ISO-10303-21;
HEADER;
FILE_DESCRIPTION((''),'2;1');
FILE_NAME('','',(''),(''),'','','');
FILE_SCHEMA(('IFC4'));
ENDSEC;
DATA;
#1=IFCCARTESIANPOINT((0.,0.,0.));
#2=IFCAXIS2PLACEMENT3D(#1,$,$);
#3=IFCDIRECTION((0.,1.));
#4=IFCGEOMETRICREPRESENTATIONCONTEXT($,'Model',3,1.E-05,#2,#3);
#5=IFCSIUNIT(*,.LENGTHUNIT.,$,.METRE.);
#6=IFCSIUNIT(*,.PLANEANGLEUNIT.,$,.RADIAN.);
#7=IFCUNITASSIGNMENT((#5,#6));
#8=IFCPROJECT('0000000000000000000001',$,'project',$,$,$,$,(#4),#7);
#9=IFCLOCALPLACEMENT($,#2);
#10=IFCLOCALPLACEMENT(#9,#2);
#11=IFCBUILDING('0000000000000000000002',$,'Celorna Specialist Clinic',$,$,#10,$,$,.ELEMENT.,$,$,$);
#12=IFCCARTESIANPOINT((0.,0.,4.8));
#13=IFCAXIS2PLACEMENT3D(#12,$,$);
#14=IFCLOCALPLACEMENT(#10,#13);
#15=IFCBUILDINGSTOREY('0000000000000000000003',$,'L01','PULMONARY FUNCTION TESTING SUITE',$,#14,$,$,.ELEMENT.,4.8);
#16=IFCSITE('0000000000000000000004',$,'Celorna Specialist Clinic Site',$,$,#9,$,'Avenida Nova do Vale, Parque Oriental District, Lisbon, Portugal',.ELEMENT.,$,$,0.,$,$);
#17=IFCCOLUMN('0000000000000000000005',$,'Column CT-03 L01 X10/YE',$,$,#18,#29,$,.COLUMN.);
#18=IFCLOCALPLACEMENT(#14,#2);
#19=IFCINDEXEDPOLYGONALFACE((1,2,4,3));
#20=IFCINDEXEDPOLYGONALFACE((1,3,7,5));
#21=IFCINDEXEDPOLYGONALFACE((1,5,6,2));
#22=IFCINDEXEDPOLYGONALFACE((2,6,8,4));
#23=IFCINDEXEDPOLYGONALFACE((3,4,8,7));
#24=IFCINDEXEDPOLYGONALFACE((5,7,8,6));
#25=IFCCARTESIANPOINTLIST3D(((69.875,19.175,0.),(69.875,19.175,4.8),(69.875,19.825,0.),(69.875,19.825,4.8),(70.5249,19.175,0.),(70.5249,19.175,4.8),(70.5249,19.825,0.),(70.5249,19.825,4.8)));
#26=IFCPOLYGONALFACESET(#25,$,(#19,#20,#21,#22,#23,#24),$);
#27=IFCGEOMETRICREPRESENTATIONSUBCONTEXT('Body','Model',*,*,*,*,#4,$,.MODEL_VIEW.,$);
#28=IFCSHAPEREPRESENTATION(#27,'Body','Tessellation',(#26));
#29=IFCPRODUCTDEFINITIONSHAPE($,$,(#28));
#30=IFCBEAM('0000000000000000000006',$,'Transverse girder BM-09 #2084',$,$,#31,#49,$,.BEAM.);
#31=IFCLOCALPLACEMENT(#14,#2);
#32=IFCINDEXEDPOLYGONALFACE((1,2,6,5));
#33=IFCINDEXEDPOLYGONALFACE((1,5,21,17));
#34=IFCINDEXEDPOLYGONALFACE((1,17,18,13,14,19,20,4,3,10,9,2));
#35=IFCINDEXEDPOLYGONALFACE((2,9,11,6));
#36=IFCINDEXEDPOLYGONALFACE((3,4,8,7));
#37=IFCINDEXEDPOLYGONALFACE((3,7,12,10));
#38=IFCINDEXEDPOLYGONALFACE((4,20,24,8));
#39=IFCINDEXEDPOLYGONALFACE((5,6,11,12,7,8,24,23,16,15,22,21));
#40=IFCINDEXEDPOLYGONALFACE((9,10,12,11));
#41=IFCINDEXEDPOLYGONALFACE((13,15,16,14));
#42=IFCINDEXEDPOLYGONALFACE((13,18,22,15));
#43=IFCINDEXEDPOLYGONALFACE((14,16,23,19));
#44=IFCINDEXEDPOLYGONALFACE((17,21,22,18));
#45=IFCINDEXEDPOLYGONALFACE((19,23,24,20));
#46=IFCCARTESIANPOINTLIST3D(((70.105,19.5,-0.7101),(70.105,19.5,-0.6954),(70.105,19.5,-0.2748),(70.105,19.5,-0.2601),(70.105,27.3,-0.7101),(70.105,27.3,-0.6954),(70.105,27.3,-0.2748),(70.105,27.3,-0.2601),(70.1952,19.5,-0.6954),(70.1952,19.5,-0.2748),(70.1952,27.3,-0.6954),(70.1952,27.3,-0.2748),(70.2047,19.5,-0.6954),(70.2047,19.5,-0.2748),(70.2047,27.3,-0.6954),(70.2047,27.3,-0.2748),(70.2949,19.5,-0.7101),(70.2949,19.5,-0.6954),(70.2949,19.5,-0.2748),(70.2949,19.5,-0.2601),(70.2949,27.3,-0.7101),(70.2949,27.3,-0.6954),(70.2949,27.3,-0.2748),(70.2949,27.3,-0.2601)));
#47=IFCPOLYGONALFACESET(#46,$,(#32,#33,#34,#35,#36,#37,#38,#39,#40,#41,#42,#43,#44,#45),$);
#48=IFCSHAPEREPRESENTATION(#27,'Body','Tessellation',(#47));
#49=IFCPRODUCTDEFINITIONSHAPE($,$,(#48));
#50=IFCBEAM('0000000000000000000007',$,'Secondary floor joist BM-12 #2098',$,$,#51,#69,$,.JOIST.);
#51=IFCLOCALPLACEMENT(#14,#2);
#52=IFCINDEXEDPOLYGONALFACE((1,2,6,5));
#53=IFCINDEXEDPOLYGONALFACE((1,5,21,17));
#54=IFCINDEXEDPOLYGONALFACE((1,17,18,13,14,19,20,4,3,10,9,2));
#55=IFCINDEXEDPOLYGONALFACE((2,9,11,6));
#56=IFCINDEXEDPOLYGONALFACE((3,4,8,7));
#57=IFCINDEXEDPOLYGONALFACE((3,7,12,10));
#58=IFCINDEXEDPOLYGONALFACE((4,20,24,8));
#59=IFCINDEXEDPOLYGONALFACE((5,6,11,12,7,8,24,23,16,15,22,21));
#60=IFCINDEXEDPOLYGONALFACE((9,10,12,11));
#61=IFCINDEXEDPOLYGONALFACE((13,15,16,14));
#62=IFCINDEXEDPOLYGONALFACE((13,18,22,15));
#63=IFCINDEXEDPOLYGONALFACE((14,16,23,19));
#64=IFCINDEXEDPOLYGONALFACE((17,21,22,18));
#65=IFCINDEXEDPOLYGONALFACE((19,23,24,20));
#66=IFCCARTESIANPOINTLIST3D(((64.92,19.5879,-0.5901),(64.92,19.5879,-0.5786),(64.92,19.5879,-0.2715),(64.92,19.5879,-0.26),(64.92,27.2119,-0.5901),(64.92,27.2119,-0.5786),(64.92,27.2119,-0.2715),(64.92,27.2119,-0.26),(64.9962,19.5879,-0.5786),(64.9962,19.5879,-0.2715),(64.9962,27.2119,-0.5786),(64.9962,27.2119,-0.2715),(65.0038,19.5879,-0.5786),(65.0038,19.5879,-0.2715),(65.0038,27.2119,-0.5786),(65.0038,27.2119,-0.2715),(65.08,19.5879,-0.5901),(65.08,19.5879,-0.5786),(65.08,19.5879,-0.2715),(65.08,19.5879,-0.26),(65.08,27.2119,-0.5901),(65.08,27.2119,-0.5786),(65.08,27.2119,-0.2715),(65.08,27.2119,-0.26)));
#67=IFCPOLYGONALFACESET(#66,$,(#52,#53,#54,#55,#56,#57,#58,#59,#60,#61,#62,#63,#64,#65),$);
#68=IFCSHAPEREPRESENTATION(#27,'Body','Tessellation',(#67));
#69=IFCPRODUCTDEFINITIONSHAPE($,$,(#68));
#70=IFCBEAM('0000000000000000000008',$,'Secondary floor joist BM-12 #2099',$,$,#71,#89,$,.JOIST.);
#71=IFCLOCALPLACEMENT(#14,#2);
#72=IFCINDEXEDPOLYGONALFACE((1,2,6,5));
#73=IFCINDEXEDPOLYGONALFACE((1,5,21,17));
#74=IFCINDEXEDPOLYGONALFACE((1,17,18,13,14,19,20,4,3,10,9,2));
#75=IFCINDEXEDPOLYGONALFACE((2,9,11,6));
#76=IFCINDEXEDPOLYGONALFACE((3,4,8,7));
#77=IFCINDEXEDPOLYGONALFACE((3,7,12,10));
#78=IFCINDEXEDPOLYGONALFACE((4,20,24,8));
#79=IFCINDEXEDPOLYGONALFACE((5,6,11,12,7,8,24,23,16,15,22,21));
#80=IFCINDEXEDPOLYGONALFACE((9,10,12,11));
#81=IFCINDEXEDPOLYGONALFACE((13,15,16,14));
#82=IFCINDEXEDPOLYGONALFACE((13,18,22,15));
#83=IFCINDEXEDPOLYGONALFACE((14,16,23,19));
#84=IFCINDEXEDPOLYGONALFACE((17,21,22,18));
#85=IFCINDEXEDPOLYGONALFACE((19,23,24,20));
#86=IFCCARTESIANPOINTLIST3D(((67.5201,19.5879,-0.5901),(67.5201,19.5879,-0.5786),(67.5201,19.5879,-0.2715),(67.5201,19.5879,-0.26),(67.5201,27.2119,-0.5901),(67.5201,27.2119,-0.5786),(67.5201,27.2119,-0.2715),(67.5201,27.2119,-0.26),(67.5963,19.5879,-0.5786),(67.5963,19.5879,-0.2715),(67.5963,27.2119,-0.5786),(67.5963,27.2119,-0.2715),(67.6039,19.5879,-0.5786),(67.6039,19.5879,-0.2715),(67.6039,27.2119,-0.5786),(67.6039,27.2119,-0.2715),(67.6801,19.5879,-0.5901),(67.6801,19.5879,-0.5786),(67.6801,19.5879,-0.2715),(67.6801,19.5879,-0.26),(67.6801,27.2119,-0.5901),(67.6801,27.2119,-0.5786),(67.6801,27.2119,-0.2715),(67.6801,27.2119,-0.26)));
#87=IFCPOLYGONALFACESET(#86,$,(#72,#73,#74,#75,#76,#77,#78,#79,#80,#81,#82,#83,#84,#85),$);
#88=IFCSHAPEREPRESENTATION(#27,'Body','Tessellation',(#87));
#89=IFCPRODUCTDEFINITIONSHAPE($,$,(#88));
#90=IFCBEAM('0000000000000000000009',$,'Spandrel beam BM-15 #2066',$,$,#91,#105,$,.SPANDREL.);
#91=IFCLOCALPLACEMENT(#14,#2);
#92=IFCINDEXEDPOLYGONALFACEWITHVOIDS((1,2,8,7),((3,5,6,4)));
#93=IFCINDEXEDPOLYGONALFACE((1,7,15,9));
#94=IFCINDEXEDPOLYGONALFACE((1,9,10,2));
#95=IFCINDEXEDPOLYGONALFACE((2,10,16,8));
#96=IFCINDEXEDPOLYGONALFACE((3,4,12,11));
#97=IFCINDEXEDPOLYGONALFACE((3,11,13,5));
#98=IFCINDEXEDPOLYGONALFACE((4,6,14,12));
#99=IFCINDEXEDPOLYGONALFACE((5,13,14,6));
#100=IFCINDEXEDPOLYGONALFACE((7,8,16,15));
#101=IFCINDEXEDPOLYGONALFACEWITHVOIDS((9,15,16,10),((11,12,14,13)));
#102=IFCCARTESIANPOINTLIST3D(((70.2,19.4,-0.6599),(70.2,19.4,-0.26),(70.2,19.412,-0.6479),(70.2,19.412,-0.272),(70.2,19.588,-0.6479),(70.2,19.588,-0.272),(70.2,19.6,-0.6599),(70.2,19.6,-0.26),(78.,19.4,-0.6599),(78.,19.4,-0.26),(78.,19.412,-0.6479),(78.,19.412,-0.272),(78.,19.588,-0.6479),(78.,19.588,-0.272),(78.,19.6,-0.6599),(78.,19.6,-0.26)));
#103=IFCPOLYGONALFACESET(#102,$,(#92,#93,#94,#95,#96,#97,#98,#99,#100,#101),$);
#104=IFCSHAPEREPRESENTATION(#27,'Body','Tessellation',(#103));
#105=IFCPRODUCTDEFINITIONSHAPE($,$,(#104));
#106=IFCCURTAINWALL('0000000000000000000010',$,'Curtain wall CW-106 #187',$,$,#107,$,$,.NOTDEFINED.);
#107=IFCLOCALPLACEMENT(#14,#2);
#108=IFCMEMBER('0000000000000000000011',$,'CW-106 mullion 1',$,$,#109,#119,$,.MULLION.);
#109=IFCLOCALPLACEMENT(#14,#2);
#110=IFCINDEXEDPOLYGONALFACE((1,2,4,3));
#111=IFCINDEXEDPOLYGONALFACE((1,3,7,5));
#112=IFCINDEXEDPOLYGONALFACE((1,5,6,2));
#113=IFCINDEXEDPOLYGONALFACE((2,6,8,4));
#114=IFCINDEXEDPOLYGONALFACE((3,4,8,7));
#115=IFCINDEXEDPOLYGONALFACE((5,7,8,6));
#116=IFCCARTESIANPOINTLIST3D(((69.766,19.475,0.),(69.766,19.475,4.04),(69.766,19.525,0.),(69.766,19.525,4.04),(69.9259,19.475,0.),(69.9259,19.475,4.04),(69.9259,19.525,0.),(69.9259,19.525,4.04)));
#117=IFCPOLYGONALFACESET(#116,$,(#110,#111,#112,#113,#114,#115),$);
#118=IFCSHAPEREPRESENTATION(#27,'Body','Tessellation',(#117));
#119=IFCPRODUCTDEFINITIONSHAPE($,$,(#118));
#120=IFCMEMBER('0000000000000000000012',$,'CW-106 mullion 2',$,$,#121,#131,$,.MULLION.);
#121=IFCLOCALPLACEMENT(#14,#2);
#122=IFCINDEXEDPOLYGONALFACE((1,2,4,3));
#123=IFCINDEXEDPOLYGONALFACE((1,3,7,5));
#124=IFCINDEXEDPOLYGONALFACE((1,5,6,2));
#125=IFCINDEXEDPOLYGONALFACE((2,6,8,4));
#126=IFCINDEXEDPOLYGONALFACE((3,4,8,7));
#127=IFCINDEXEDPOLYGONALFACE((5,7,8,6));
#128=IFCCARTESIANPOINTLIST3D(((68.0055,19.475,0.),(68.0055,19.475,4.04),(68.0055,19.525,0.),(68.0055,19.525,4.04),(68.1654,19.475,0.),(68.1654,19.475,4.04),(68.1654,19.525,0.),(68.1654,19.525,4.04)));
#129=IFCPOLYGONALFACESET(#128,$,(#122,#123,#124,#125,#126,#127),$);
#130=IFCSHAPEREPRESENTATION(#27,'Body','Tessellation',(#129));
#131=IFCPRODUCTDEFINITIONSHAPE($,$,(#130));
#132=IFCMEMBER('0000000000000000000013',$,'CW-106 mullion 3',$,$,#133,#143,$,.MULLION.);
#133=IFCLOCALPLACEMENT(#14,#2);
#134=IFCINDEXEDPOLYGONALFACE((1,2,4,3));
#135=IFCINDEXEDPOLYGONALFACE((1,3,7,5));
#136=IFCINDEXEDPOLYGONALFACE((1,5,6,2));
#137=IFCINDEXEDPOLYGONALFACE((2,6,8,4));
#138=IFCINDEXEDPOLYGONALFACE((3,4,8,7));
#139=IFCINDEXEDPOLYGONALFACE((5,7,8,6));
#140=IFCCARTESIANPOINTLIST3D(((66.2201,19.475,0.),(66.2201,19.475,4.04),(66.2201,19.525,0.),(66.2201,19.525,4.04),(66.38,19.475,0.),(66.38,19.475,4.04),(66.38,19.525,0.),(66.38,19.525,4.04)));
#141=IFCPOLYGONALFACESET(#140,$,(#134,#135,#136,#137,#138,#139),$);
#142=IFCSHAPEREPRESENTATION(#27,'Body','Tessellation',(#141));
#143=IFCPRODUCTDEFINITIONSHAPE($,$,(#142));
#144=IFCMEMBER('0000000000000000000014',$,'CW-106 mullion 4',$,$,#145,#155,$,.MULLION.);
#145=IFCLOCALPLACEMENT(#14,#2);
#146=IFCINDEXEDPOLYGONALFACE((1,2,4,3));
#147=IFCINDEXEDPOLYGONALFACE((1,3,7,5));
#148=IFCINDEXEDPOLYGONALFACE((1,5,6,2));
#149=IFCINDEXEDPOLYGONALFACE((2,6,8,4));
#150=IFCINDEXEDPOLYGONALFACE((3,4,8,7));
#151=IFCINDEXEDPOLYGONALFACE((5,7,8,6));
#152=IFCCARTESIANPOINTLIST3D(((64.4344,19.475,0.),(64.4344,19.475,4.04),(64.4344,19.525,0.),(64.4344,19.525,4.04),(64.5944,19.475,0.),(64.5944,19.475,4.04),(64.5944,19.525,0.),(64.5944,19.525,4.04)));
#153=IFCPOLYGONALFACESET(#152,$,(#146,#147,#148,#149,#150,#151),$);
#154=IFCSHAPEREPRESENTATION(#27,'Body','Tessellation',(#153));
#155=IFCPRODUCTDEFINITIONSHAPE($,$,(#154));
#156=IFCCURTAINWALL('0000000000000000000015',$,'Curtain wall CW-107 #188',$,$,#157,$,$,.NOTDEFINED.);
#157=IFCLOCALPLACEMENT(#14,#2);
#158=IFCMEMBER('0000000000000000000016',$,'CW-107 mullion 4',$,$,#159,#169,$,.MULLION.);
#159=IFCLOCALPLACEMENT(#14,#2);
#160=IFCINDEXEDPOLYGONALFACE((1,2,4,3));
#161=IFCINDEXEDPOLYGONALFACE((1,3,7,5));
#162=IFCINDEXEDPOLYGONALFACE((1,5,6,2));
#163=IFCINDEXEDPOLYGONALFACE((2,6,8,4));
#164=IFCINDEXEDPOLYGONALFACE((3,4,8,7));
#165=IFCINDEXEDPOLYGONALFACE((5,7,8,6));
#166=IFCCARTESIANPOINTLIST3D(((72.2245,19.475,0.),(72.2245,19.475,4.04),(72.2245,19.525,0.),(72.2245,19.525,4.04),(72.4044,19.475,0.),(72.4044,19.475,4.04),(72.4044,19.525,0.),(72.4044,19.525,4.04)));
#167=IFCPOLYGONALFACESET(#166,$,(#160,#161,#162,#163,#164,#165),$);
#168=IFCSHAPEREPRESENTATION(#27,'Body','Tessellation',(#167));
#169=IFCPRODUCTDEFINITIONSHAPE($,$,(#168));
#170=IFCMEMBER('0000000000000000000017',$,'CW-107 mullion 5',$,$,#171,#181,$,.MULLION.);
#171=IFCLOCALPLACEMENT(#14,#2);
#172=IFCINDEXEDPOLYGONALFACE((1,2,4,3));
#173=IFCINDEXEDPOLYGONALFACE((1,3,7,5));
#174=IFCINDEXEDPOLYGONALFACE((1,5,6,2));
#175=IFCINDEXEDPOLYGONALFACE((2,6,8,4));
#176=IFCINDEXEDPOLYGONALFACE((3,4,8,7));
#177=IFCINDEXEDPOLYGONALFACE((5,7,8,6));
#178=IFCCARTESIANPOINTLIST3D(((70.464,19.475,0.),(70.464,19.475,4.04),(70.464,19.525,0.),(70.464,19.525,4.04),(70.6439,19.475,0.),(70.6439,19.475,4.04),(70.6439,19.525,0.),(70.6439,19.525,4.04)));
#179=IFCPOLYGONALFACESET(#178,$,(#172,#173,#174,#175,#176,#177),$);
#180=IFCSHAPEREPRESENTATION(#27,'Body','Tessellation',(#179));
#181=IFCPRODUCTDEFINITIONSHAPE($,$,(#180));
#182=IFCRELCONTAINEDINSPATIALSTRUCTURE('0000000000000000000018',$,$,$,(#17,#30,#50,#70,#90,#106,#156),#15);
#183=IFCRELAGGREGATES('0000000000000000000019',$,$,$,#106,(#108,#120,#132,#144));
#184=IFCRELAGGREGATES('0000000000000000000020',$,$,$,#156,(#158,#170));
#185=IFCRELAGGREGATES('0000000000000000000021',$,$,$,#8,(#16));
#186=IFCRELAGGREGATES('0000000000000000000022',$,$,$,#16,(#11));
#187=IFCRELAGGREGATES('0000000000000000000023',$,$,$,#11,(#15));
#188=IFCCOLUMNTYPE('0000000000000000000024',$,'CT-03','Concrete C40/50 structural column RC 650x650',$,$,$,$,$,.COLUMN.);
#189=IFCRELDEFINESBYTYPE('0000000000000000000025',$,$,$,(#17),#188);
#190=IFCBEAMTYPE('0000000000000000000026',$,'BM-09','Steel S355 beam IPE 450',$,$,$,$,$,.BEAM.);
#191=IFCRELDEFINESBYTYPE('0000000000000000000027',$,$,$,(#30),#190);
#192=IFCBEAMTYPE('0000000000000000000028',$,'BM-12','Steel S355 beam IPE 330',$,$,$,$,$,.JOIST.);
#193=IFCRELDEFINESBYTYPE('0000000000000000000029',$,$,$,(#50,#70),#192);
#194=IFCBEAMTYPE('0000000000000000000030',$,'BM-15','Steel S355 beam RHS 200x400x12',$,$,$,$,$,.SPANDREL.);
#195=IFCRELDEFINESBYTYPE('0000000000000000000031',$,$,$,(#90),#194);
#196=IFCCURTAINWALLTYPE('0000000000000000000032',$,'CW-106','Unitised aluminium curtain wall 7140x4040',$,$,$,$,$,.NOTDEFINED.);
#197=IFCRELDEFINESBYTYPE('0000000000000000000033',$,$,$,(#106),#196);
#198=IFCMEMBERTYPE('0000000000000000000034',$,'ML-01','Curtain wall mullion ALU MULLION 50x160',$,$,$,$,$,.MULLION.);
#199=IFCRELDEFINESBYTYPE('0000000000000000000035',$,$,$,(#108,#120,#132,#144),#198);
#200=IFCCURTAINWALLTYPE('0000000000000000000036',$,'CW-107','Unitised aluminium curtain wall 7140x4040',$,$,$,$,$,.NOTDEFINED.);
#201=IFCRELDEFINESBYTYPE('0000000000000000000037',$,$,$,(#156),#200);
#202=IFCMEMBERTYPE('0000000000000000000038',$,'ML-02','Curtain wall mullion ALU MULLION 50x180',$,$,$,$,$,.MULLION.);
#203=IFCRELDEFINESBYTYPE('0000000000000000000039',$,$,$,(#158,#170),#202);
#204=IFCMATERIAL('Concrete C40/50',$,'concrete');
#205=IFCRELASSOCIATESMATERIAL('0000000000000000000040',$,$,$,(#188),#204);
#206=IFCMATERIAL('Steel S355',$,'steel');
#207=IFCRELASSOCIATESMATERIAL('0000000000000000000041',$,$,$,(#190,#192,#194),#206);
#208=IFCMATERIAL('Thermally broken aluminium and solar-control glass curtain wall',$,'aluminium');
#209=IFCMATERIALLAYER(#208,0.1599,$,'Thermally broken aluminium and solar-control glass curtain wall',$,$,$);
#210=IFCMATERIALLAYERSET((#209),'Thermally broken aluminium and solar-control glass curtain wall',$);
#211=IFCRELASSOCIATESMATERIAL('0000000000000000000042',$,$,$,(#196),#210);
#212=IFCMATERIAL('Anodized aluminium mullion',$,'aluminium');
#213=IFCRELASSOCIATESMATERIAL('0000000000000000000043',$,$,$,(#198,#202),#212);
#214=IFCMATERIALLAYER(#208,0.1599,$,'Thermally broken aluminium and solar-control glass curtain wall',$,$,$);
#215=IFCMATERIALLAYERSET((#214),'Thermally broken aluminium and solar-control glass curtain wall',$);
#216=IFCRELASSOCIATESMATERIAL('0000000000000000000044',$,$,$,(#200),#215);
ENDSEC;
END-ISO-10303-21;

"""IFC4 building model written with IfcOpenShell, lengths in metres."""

from ifc_helpers import new_model, si_unit, direction, frame, origin, origin_2d, place, context, subcontext, project, spatial, rectangle, hollow_rectangle, i_section, extrude, material, layer, layer_set, material_profile, profile_set, type_object, element, aggregate, save


model = new_model("IFC4")

# Units and contexts
model_context = context("Model", 3, precision=1e-05, world=origin(), true_north=direction((0.0, 1.0)))
body_context = subcontext(model_context, "Body", "Model", "MODEL_VIEW")
ifc_project = project(units=[si_unit("LENGTHUNIT", "METRE"), si_unit("PLANEANGLEUNIT", "RADIAN")], contexts=[model_context])

# Site, building, storey
site_placement = place(None, origin())
site = spatial("IfcSite", under=ifc_project, at=site_placement, Name="Celorna Specialist Clinic Site", LongName="Avenida Nova do Vale, Parque Oriental District, Lisbon, Portugal", CompositionType="ELEMENT", RefElevation=0.0)
building_placement = place(site_placement, origin())
building = spatial("IfcBuilding", under=site, at=building_placement, Name="Celorna Specialist Clinic", CompositionType="ELEMENT")
storey_placement = place(building_placement, frame((0.0, 0.0, 4.8)))
storey = spatial("IfcBuildingStorey", under=building, at=storey_placement, Name="L01", Description="PULMONARY FUNCTION TESTING SUITE", CompositionType="ELEMENT", Elevation=4.8)

# Column
ifc_material_1 = material(Name="Concrete C40/50", Category="concrete")
ifc_material_profile_1 = material_profile(ifc_material_1, rectangle(XDim=0.6499, YDim=0.6499, at=origin_2d()), Name="RC 650x650")
ifc_profile_set_1 = profile_set([ifc_material_profile_1], Name="Concrete C40/50")
column_type = type_object("IfcColumnType", Name="CT-03", Description="Concrete C40/50 structural column RC 650x650", PredefinedType="COLUMN", material=ifc_profile_set_1)
column_placement = place(storey_placement, frame((70.2, 19.5, 0.0), z_axis=(0.0, 0.0, 1.0), x_axis=(1.0, 0.0, 0.0)))
element("IfcColumn", 1, at=column_placement, inside=storey, type_object=column_type, Name="Column CT-03 L01 X10/YE", PredefinedType="COLUMN", context=body_context, shape_type="SweptSolid", body=[
    extrude(rectangle(XDim=0.6499, YDim=0.6499, at=origin_2d()), origin(), (0.0, 0.0, 1.0), 4.8),
])

# Beams
ifc_material_2 = material(Name="Steel S355", Category="steel")
ifc_material_profile_2 = material_profile(ifc_material_2, i_section(OverallWidth=0.1899, OverallDepth=0.45, WebThickness=0.0095, FlangeThickness=0.0146, at=origin_2d()), Name="IPE 450")
ifc_profile_set_2 = profile_set([ifc_material_profile_2], Name="Steel S355")
beam_type_1 = type_object("IfcBeamType", Name="BM-09", Description="Steel S355 beam IPE 450", PredefinedType="BEAM", material=ifc_profile_set_2)
beam_1_placement = place(storey_placement, frame((70.2, 19.5, -0.4851), z_axis=(0.0, 1.0, 0.0), x_axis=(-1.0, 0.0, 0.0)))
element("IfcBeam", 2, at=beam_1_placement, inside=storey, type_object=beam_type_1, Name="Transverse girder BM-09 #2084", PredefinedType="BEAM", context=body_context, shape_type="SweptSolid", body=[
    extrude(i_section(OverallWidth=0.1899, OverallDepth=0.45, WebThickness=0.0095, FlangeThickness=0.0146, at=origin_2d()), origin(), (0.0, 0.0, 1.0), 7.8),
])
ifc_material_profile_3 = material_profile(ifc_material_2, i_section(OverallWidth=0.1599, OverallDepth=0.3301, WebThickness=0.0076, FlangeThickness=0.0115, at=origin_2d()), Name="IPE 330")
ifc_profile_set_3 = profile_set([ifc_material_profile_3], Name="Steel S355")
beam_type_2 = type_object("IfcBeamType", Name="BM-12", Description="Steel S355 beam IPE 330", PredefinedType="JOIST", material=ifc_profile_set_3)
for number, where, z_axis, x_axis, name in (
    (3, (65.0, 19.5879, -0.425), (0.0, 1.0, 0.0), (-1.0, 0.0, 0.0), "Secondary floor joist BM-12 #2098"),
    (4, (67.6001, 19.5879, -0.425), (0.0, 1.0, 0.0), (-1.0, 0.0, 0.0), "Secondary floor joist BM-12 #2099"),
):
    element("IfcBeam", number, at=place(storey_placement, frame(where, z_axis=z_axis, x_axis=x_axis)), inside=storey, type_object=beam_type_2, Name=name, PredefinedType="JOIST", context=body_context, shape_type="SweptSolid", body=[
        extrude(i_section(OverallWidth=0.1599, OverallDepth=0.3301, WebThickness=0.0076, FlangeThickness=0.0115, at=origin_2d()), origin(), (0.0, 0.0, 1.0), 7.624),
    ])
ifc_material_profile_4 = material_profile(ifc_material_2, hollow_rectangle(XDim=0.2, YDim=0.3999, WallThickness=0.012, at=origin_2d()), Name="RHS 200x400x12")
ifc_profile_set_4 = profile_set([ifc_material_profile_4], Name="Steel S355")
beam_type_3 = type_object("IfcBeamType", Name="BM-15", Description="Steel S355 beam RHS 200x400x12", PredefinedType="SPANDREL", material=ifc_profile_set_4)
beam_2_placement = place(storey_placement, frame((70.2, 19.5, -0.46), z_axis=(1.0, 0.0, 0.0), x_axis=(0.0, 1.0, 0.0)))
element("IfcBeam", 5, at=beam_2_placement, inside=storey, type_object=beam_type_3, Name="Spandrel beam BM-15 #2066", PredefinedType="SPANDREL", context=body_context, shape_type="SweptSolid", body=[
    extrude(hollow_rectangle(XDim=0.2, YDim=0.3999, WallThickness=0.012, at=origin_2d()), origin(), (0.0, 0.0, 1.0), 7.8),
])

# Curtain walls, members
ifc_material_3 = material(Name="Thermally broken aluminium and solar-control glass curtain wall", Category="aluminium")
ifc_layer_1 = layer(ifc_material_3, 0.1599, Name="Thermally broken aluminium and solar-control glass curtain wall")
ifc_layer_set_1 = layer_set([ifc_layer_1], Name="Thermally broken aluminium and solar-control glass curtain wall")
curtain_wall_type_1 = type_object("IfcCurtainWallType", Name="CW-106", Description="Unitised aluminium curtain wall 7140x4040", PredefinedType="NOTDEFINED", material=ifc_layer_set_1)
curtain_wall_1_placement = place(storey_placement, origin())
curtain_wall_1 = element("IfcCurtainWall", 6, at=curtain_wall_1_placement, inside=storey, type_object=curtain_wall_type_1, Name="Curtain wall CW-106 #187", PredefinedType="NOTDEFINED")
ifc_material_4 = material(Name="Anodized aluminium mullion", Category="aluminium")
ifc_material_profile_5 = material_profile(ifc_material_4, rectangle(XDim=0.05, YDim=0.1599, at=origin_2d()), Name="ALU MULLION 50x160")
ifc_profile_set_5 = profile_set([ifc_material_profile_5], Name="Anodized aluminium mullion")
member_type_1 = type_object("IfcMemberType", Name="ML-01", Description="Curtain wall mullion ALU MULLION 50x160", PredefinedType="MULLION", material=ifc_profile_set_5)
member_1_placement = place(storey_placement, frame((69.8459, 19.5, 0.0), z_axis=(0.0, 0.0, 1.0), x_axis=(0.0, -1.0, 0.0)))
member_1 = element("IfcMember", 7, at=member_1_placement, type_object=member_type_1, Name="CW-106 mullion 1", PredefinedType="MULLION", context=body_context, shape_type="SweptSolid", body=[
    extrude(rectangle(XDim=0.05, YDim=0.1599, at=origin_2d()), origin(), (0.0, 0.0, 1.0), 4.04),
])
member_2_placement = place(storey_placement, frame((68.0854, 19.5, 0.0), z_axis=(0.0, 0.0, 1.0), x_axis=(0.0, -1.0, 0.0)))
member_2 = element("IfcMember", 8, at=member_2_placement, type_object=member_type_1, Name="CW-106 mullion 2", PredefinedType="MULLION", context=body_context, shape_type="SweptSolid", body=[
    extrude(rectangle(XDim=0.05, YDim=0.1599, at=origin_2d()), origin(), (0.0, 0.0, 1.0), 4.04),
])
member_3_placement = place(storey_placement, frame((66.3, 19.5, 0.0), z_axis=(0.0, 0.0, 1.0), x_axis=(0.0, -1.0, 0.0)))
member_3 = element("IfcMember", 9, at=member_3_placement, type_object=member_type_1, Name="CW-106 mullion 3", PredefinedType="MULLION", context=body_context, shape_type="SweptSolid", body=[
    extrude(rectangle(XDim=0.05, YDim=0.1599, at=origin_2d()), origin(), (0.0, 0.0, 1.0), 4.04),
])
member_4_placement = place(storey_placement, frame((64.5144, 19.5, 0.0), z_axis=(0.0, 0.0, 1.0), x_axis=(0.0, -1.0, 0.0)))
member_4 = element("IfcMember", 10, at=member_4_placement, type_object=member_type_1, Name="CW-106 mullion 4", PredefinedType="MULLION", context=body_context, shape_type="SweptSolid", body=[
    extrude(rectangle(XDim=0.05, YDim=0.1599, at=origin_2d()), origin(), (0.0, 0.0, 1.0), 4.04),
])
ifc_layer_2 = layer(ifc_material_3, 0.1599, Name="Thermally broken aluminium and solar-control glass curtain wall")
ifc_layer_set_2 = layer_set([ifc_layer_2], Name="Thermally broken aluminium and solar-control glass curtain wall")
curtain_wall_type_2 = type_object("IfcCurtainWallType", Name="CW-107", Description="Unitised aluminium curtain wall 7140x4040", PredefinedType="NOTDEFINED", material=ifc_layer_set_2)
curtain_wall_2_placement = place(storey_placement, origin())
curtain_wall_2 = element("IfcCurtainWall", 11, at=curtain_wall_2_placement, inside=storey, type_object=curtain_wall_type_2, Name="Curtain wall CW-107 #188", PredefinedType="NOTDEFINED")
ifc_material_profile_6 = material_profile(ifc_material_4, rectangle(XDim=0.05, YDim=0.1799, at=origin_2d()), Name="ALU MULLION 50x180")
ifc_profile_set_6 = profile_set([ifc_material_profile_6], Name="Anodized aluminium mullion")
member_type_2 = type_object("IfcMemberType", Name="ML-02", Description="Curtain wall mullion ALU MULLION 50x180", PredefinedType="MULLION", material=ifc_profile_set_6)
member_5_placement = place(storey_placement, frame((72.3145, 19.5, 0.0), z_axis=(0.0, 0.0, 1.0), x_axis=(0.0, -1.0, 0.0)))
member_5 = element("IfcMember", 12, at=member_5_placement, type_object=member_type_2, Name="CW-107 mullion 4", PredefinedType="MULLION", context=body_context, shape_type="SweptSolid", body=[
    extrude(rectangle(XDim=0.05, YDim=0.1799, at=origin_2d()), origin(), (0.0, 0.0, 1.0), 4.04),
])
member_6_placement = place(storey_placement, frame((70.554, 19.5, 0.0), z_axis=(0.0, 0.0, 1.0), x_axis=(0.0, -1.0, 0.0)))
member_6 = element("IfcMember", 13, at=member_6_placement, type_object=member_type_2, Name="CW-107 mullion 5", PredefinedType="MULLION", context=body_context, shape_type="SweptSolid", body=[
    extrude(rectangle(XDim=0.05, YDim=0.1799, at=origin_2d()), origin(), (0.0, 0.0, 1.0), 4.04),
])

aggregate(curtain_wall_1, [member_1, member_2, member_3, member_4])
aggregate(curtain_wall_2, [member_5, member_6])

save(model, "model.ifc")
